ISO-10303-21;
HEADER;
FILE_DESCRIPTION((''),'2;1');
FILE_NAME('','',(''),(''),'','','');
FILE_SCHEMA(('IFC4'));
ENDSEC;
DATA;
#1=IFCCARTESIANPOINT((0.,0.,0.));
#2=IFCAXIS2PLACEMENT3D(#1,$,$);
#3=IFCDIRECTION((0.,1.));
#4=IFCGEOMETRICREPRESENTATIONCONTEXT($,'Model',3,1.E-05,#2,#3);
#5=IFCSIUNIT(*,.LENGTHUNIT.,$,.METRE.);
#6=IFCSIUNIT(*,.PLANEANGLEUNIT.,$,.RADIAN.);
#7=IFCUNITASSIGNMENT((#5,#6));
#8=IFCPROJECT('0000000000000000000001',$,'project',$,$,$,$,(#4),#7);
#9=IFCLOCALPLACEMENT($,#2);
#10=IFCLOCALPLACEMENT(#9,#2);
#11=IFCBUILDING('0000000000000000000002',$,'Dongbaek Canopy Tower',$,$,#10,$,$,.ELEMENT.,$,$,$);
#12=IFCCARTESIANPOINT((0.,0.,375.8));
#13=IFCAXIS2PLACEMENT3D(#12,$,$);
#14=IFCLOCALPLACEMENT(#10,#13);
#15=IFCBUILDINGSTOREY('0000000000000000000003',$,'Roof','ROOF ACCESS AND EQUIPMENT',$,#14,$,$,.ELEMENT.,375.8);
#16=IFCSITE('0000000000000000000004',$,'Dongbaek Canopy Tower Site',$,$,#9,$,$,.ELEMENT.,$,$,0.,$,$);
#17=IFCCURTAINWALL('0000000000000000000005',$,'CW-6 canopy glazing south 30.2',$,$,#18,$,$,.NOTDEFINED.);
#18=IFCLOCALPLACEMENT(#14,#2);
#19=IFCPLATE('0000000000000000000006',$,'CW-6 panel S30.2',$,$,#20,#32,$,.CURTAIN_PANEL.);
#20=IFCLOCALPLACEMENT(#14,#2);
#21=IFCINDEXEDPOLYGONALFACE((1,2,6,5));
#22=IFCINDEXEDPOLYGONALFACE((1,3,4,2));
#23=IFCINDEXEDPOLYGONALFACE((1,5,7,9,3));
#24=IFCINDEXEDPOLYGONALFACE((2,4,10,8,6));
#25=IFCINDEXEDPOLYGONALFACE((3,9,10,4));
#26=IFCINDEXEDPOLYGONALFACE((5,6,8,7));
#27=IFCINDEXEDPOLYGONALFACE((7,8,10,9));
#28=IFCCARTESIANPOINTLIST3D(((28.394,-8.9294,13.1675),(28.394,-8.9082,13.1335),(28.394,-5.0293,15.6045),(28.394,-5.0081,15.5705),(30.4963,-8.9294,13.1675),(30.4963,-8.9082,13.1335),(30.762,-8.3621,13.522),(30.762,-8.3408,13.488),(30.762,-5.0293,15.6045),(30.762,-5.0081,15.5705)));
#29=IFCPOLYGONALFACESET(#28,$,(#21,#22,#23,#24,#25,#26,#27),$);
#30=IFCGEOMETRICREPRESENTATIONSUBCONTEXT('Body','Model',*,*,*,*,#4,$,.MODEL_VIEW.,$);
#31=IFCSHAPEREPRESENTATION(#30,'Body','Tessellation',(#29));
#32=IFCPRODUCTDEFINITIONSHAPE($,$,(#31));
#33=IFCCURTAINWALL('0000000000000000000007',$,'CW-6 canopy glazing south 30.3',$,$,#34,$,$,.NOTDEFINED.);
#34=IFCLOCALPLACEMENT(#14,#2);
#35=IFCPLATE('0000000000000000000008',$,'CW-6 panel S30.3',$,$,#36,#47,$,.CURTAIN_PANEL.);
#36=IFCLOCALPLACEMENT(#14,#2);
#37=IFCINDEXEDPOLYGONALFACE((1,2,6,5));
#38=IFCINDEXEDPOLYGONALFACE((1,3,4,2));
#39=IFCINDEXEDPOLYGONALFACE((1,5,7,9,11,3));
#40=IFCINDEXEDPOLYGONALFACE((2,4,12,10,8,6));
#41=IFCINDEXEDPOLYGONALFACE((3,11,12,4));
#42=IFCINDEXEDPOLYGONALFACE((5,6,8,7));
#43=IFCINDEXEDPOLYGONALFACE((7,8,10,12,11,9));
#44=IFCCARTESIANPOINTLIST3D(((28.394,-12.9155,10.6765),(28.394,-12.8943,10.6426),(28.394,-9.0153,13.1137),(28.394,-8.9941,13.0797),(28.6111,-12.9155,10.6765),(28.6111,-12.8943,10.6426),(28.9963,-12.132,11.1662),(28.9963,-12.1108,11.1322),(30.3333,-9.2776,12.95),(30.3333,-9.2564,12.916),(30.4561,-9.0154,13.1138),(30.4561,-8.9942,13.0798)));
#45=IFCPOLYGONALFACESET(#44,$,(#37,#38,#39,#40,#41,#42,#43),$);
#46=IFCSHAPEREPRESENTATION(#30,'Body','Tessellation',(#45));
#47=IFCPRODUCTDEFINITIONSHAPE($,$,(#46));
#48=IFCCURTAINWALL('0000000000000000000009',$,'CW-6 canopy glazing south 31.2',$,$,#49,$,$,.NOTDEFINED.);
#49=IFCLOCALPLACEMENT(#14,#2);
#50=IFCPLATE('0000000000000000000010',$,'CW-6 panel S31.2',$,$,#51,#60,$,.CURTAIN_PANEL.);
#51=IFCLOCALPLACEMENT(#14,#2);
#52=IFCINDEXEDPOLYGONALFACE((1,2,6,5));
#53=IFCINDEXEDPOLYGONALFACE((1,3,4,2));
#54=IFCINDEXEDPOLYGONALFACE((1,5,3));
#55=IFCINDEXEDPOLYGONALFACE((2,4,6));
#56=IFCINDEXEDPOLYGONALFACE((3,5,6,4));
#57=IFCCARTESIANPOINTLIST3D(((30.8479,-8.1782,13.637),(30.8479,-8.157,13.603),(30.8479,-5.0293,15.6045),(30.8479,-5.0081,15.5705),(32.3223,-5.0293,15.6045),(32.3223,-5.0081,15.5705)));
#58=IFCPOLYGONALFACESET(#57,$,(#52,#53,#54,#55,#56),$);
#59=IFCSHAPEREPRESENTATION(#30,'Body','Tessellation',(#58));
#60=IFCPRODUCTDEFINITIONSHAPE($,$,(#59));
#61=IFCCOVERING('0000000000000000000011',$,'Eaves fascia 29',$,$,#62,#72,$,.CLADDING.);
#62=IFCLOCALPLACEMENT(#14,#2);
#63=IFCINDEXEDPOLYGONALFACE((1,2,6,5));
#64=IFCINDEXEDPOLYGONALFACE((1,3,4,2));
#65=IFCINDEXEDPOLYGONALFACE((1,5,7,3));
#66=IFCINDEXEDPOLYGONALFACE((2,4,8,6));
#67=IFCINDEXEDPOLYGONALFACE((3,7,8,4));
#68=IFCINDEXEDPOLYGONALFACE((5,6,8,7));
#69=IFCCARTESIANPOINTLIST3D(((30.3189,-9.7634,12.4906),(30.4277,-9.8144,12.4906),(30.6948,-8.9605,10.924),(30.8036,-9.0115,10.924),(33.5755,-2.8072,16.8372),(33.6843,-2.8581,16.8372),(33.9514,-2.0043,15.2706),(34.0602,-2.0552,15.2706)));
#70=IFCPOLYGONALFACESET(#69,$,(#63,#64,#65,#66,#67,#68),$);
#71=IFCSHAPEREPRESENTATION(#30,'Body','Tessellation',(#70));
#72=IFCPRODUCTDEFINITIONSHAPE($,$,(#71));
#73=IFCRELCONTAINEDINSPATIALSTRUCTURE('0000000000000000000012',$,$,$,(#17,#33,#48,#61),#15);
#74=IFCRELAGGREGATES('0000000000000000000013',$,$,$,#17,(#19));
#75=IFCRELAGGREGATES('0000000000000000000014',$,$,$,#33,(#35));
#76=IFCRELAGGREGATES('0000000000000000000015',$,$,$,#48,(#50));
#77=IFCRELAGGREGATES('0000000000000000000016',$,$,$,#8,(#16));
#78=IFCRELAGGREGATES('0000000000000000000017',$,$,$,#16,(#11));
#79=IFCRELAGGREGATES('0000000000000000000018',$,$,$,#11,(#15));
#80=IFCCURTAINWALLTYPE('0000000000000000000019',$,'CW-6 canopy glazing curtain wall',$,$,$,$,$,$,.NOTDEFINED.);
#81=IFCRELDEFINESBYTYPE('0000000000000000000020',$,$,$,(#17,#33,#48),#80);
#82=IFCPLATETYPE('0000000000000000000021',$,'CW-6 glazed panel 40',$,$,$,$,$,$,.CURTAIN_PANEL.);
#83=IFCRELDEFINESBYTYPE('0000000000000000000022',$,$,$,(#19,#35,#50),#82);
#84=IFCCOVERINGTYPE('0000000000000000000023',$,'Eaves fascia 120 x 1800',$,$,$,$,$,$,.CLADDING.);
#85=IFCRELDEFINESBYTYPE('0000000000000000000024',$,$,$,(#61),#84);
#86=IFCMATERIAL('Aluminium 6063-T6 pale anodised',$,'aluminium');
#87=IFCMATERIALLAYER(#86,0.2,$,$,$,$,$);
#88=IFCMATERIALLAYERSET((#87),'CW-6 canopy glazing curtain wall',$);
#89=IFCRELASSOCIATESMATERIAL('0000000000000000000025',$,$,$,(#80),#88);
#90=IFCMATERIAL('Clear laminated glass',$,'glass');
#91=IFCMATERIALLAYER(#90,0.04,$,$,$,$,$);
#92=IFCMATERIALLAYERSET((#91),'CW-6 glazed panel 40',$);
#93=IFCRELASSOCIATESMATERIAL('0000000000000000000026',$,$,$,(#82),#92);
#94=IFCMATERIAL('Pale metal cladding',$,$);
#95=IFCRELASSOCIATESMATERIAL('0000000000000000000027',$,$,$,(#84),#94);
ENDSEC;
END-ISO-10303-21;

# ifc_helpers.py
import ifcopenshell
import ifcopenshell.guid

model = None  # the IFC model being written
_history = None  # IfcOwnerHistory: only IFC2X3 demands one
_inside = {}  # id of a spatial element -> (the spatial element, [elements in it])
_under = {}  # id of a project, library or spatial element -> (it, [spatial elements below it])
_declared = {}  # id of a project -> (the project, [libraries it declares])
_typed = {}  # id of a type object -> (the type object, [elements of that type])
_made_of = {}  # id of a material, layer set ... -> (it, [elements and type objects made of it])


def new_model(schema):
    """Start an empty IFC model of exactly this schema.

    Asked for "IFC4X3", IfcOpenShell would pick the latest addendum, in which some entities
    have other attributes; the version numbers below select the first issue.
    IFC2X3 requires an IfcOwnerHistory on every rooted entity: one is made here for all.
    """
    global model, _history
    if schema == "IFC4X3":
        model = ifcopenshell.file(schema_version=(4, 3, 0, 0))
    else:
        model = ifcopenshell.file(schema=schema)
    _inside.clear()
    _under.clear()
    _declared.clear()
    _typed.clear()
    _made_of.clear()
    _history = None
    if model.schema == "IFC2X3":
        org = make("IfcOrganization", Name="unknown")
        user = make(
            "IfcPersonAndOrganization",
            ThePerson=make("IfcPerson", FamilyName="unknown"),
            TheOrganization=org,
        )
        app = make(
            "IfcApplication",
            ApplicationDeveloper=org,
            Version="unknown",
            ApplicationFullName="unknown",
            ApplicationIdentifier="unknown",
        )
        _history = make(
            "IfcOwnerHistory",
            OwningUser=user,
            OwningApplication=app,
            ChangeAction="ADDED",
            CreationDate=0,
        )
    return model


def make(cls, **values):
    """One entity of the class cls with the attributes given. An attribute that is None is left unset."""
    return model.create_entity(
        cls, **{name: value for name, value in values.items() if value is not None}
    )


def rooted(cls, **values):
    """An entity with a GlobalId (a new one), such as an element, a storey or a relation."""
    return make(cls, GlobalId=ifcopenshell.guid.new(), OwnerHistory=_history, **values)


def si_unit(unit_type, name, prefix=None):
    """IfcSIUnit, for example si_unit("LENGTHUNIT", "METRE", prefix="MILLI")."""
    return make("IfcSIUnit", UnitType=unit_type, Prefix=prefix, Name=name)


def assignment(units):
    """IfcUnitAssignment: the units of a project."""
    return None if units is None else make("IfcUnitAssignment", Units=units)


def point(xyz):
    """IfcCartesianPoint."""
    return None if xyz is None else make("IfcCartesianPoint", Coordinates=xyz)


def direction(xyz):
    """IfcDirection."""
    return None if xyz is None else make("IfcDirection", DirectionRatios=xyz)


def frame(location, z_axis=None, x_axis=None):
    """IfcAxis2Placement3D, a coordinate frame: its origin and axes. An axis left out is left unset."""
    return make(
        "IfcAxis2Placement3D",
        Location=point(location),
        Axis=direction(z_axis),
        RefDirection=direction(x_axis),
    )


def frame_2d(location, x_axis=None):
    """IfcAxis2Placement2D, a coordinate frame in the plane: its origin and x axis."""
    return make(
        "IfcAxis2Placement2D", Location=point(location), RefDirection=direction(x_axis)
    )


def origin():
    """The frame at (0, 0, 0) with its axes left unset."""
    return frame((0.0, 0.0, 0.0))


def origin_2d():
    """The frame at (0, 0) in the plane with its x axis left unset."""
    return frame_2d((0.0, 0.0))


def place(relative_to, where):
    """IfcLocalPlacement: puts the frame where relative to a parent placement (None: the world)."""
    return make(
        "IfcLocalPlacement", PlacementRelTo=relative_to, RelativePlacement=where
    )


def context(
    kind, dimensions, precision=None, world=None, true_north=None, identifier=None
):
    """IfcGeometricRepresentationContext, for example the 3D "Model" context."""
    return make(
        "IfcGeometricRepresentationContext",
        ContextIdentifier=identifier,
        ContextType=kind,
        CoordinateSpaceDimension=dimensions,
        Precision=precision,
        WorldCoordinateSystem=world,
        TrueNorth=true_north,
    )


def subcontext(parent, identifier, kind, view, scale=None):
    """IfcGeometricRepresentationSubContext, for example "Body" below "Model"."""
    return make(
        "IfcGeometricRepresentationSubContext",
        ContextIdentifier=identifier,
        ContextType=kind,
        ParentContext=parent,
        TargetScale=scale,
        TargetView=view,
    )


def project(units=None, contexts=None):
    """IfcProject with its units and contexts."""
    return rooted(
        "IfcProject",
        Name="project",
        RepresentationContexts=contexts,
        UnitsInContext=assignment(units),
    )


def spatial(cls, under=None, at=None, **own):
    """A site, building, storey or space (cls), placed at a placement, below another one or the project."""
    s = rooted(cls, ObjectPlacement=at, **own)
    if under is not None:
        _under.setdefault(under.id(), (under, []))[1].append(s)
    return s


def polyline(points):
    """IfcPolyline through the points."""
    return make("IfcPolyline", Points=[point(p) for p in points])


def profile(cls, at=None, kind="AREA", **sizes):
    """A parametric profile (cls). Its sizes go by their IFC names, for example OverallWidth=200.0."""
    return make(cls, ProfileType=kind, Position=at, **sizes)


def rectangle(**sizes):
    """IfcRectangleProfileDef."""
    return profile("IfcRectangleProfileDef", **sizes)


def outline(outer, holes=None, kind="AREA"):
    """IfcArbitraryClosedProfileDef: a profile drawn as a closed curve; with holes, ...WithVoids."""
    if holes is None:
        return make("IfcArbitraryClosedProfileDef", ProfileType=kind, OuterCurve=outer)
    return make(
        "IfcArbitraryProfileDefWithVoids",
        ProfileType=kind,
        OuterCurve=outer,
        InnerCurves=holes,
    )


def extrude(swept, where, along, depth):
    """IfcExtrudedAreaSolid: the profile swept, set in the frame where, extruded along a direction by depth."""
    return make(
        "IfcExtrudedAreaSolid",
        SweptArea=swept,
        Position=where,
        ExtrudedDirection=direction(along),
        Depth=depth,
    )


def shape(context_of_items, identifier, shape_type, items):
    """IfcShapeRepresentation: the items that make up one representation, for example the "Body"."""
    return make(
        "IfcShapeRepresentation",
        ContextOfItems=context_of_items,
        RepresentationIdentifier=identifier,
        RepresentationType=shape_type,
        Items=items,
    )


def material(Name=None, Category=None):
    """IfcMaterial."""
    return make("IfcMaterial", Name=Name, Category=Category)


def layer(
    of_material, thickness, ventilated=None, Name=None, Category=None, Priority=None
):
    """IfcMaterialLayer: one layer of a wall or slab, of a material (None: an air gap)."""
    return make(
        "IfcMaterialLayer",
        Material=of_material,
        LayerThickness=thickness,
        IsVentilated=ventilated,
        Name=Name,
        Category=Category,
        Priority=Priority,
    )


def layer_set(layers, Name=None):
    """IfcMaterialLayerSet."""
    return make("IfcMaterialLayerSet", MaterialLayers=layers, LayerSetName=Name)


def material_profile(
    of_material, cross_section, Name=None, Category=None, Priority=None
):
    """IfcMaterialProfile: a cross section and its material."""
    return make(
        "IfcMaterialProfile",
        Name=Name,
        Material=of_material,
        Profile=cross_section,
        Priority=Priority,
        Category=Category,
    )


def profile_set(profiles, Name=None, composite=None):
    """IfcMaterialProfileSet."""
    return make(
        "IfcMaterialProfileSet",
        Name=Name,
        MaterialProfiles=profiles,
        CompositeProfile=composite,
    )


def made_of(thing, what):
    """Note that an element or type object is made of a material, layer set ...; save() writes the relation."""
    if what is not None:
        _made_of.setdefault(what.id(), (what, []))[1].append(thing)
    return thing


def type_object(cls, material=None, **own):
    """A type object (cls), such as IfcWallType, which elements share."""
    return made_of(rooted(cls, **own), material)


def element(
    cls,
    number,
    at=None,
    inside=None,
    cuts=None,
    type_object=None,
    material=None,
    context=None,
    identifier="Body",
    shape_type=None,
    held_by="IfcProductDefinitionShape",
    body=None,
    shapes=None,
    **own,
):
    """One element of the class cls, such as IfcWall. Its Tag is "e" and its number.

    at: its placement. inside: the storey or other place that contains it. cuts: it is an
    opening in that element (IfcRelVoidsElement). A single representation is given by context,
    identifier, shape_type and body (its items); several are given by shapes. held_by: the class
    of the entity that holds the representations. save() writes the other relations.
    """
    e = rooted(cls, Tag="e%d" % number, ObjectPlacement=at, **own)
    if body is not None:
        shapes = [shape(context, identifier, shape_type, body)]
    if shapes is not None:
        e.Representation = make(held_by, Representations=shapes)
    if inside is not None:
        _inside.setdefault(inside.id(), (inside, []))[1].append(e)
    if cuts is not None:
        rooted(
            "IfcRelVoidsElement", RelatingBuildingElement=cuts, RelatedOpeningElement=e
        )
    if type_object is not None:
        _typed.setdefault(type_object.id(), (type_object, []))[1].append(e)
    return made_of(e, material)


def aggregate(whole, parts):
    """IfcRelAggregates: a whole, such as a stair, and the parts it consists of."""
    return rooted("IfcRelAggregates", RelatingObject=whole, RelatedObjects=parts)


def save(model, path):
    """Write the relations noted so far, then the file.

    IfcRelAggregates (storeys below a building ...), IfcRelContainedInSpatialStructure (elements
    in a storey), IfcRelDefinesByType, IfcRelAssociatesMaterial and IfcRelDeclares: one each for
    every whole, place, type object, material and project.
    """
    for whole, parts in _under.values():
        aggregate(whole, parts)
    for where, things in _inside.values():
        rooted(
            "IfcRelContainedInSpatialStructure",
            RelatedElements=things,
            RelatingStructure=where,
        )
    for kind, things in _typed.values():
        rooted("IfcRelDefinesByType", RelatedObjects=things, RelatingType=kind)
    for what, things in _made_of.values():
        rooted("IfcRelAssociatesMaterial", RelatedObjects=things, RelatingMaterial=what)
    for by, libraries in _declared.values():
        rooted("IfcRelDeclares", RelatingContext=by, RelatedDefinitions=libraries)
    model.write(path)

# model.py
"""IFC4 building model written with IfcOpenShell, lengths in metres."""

from ifc_helpers import new_model, si_unit, direction, frame, origin, origin_2d, place, context, subcontext, project, spatial, polyline, rectangle, outline, extrude, material, layer, layer_set, material_profile, profile_set, type_object, element, aggregate, save


model = new_model("IFC4")

# Units and contexts
model_context = context("Model", 3, precision=1e-05, world=origin(), true_north=direction((0.0, 1.0)))
body_context = subcontext(model_context, "Body", "Model", "MODEL_VIEW")
ifc_project = project(units=[si_unit("LENGTHUNIT", "METRE"), si_unit("PLANEANGLEUNIT", "RADIAN")], contexts=[model_context])

# Site, building, storey
site_placement = place(None, origin())
site = spatial("IfcSite", under=ifc_project, at=site_placement, Name="Dongbaek Canopy Tower Site", CompositionType="ELEMENT", RefElevation=0.0)
building_placement = place(site_placement, origin())
building = spatial("IfcBuilding", under=site, at=building_placement, Name="Dongbaek Canopy Tower", CompositionType="ELEMENT")
storey_placement = place(building_placement, frame((0.0, 0.0, 375.8)))
storey = spatial("IfcBuildingStorey", under=building, at=storey_placement, Name="Roof", Description="ROOF ACCESS AND EQUIPMENT", CompositionType="ELEMENT", Elevation=375.8)

# Shared definitions
ifc_material_1 = material(Name="Aluminium 6063-T6 pale anodised", Category="aluminium")
ifc_layer_1 = layer(ifc_material_1, 0.2)
ifc_layer_set_1 = layer_set([ifc_layer_1], Name="CW-6 canopy glazing curtain wall")
curtain_wall_type = type_object("IfcCurtainWallType", Name="CW-6 canopy glazing curtain wall", PredefinedType="NOTDEFINED", material=ifc_layer_set_1)

# Curtain wall
curtain_wall_1_placement = place(storey_placement, origin())
curtain_wall_1 = element("IfcCurtainWall", 1, at=curtain_wall_1_placement, inside=storey, type_object=curtain_wall_type, Name="CW-6 canopy glazing south 30.2", PredefinedType="NOTDEFINED")

# Shared definitions
ifc_material_2 = material(Name="Clear laminated glass", Category="glass")
ifc_layer_2 = layer(ifc_material_2, 0.04)
ifc_layer_set_2 = layer_set([ifc_layer_2], Name="CW-6 glazed panel 40")
plate_type = type_object("IfcPlateType", Name="CW-6 glazed panel 40", PredefinedType="CURTAIN_PANEL", material=ifc_layer_set_2)

# Plate
plate_1_placement = place(storey_placement, frame((30.762, -8.3621, 13.522), z_axis=(0.000007, -0.529909, 0.848055), x_axis=(-0.369015, -0.788203, -0.492507)))
plate_1 = element("IfcPlate", 2, at=plate_1_placement, type_object=plate_type, Name="CW-6 panel S30.2", PredefinedType="CURTAIN_PANEL", context=body_context, shape_type="SweptSolid", body=[
    extrude(outline(polyline([(0.0, 0.0), (0.7198, 0.0), (1.4956, -1.9539), (-2.7788, -3.651), (-3.6526, -1.4502), (0.0, 0.0)])), origin(), (0.0, 0.0, -1.0), 0.04),
])
aggregate(curtain_wall_1, [plate_1])

# Curtain walls, plates
curtain_wall_2_placement = place(storey_placement, origin())
curtain_wall_2 = element("IfcCurtainWall", 3, at=curtain_wall_2_placement, inside=storey, type_object=curtain_wall_type, Name="CW-6 canopy glazing south 30.3", PredefinedType="NOTDEFINED")
plate_2_placement = place(storey_placement, frame((30.3333, -9.2776, 12.95), z_axis=(-0.000066, -0.529924, 0.848045), x_axis=(-0.369136, -0.788139, -0.492519)))
plate_2 = element("IfcPlate", 4, at=plate_2_placement, type_object=plate_type, Name="CW-6 panel S30.3", PredefinedType="CURTAIN_PANEL", context=body_context, shape_type="SweptSolid", body=[
    extrude(outline(polyline([(0.0, 0.0), (3.6217, 0.0), (4.6226, -0.017), (4.7027, -0.2187), (0.4285, -1.9164), (-0.3327, 0.0), (0.0, 0.0)])), origin(), (0.0, 0.0, -1.0), 0.04),
])
aggregate(curtain_wall_2, [plate_2])
curtain_wall_3_placement = place(storey_placement, origin())
curtain_wall_3 = element("IfcCurtainWall", 5, at=curtain_wall_3_placement, inside=storey, type_object=curtain_wall_type, Name="CW-6 canopy glazing south 31.2", PredefinedType="NOTDEFINED")
plate_3_placement = place(storey_placement, frame((30.8479, -8.1782, 13.637), z_axis=(0.0, -0.529893, 0.848065), x_axis=(0.0, 0.848065, 0.529893)))
plate_3 = element("IfcPlate", 6, at=plate_3_placement, type_object=plate_type, Name="CW-6 panel S31.2", PredefinedType="CURTAIN_PANEL", context=body_context, shape_type="SweptSolid", body=[
    extrude(outline(polyline([(0.0, 0.0), (3.7131, 0.0), (3.7131, -1.4744), (0.0, 0.0)])), origin(), (0.0, 0.0, -1.0), 0.04),
])
aggregate(curtain_wall_3, [plate_3])

# Covering
ifc_material_3 = material(Name="Pale metal cladding")
ifc_material_profile_1 = material_profile(ifc_material_3, rectangle(XDim=0.1201, YDim=1.8, at=origin_2d()), Name="Eaves fascia 120 x 1800")
ifc_profile_set_1 = profile_set([ifc_material_profile_1], Name="Pale metal cladding")
covering_type = type_object("IfcCoveringType", Name="Eaves fascia 120 x 1800", PredefinedType="CLADDING", material=ifc_profile_set_1)
covering_placement = place(storey_placement, frame((30.5613, -9.3875, 11.7073), z_axis=(0.368999, 0.788206, 0.492515), x_axis=(-0.905668, 0.423988, 0.0)))
element("IfcCovering", 7, at=covering_placement, inside=storey, type_object=covering_type, Name="Eaves fascia 29", PredefinedType="CLADDING", context=body_context, shape_type="SweptSolid", body=[
    extrude(rectangle(XDim=0.1201, YDim=1.8, at=origin_2d()), origin(), (0.0, 0.0, 1.0), 8.8254),
])

save(model, "model.ifc")
